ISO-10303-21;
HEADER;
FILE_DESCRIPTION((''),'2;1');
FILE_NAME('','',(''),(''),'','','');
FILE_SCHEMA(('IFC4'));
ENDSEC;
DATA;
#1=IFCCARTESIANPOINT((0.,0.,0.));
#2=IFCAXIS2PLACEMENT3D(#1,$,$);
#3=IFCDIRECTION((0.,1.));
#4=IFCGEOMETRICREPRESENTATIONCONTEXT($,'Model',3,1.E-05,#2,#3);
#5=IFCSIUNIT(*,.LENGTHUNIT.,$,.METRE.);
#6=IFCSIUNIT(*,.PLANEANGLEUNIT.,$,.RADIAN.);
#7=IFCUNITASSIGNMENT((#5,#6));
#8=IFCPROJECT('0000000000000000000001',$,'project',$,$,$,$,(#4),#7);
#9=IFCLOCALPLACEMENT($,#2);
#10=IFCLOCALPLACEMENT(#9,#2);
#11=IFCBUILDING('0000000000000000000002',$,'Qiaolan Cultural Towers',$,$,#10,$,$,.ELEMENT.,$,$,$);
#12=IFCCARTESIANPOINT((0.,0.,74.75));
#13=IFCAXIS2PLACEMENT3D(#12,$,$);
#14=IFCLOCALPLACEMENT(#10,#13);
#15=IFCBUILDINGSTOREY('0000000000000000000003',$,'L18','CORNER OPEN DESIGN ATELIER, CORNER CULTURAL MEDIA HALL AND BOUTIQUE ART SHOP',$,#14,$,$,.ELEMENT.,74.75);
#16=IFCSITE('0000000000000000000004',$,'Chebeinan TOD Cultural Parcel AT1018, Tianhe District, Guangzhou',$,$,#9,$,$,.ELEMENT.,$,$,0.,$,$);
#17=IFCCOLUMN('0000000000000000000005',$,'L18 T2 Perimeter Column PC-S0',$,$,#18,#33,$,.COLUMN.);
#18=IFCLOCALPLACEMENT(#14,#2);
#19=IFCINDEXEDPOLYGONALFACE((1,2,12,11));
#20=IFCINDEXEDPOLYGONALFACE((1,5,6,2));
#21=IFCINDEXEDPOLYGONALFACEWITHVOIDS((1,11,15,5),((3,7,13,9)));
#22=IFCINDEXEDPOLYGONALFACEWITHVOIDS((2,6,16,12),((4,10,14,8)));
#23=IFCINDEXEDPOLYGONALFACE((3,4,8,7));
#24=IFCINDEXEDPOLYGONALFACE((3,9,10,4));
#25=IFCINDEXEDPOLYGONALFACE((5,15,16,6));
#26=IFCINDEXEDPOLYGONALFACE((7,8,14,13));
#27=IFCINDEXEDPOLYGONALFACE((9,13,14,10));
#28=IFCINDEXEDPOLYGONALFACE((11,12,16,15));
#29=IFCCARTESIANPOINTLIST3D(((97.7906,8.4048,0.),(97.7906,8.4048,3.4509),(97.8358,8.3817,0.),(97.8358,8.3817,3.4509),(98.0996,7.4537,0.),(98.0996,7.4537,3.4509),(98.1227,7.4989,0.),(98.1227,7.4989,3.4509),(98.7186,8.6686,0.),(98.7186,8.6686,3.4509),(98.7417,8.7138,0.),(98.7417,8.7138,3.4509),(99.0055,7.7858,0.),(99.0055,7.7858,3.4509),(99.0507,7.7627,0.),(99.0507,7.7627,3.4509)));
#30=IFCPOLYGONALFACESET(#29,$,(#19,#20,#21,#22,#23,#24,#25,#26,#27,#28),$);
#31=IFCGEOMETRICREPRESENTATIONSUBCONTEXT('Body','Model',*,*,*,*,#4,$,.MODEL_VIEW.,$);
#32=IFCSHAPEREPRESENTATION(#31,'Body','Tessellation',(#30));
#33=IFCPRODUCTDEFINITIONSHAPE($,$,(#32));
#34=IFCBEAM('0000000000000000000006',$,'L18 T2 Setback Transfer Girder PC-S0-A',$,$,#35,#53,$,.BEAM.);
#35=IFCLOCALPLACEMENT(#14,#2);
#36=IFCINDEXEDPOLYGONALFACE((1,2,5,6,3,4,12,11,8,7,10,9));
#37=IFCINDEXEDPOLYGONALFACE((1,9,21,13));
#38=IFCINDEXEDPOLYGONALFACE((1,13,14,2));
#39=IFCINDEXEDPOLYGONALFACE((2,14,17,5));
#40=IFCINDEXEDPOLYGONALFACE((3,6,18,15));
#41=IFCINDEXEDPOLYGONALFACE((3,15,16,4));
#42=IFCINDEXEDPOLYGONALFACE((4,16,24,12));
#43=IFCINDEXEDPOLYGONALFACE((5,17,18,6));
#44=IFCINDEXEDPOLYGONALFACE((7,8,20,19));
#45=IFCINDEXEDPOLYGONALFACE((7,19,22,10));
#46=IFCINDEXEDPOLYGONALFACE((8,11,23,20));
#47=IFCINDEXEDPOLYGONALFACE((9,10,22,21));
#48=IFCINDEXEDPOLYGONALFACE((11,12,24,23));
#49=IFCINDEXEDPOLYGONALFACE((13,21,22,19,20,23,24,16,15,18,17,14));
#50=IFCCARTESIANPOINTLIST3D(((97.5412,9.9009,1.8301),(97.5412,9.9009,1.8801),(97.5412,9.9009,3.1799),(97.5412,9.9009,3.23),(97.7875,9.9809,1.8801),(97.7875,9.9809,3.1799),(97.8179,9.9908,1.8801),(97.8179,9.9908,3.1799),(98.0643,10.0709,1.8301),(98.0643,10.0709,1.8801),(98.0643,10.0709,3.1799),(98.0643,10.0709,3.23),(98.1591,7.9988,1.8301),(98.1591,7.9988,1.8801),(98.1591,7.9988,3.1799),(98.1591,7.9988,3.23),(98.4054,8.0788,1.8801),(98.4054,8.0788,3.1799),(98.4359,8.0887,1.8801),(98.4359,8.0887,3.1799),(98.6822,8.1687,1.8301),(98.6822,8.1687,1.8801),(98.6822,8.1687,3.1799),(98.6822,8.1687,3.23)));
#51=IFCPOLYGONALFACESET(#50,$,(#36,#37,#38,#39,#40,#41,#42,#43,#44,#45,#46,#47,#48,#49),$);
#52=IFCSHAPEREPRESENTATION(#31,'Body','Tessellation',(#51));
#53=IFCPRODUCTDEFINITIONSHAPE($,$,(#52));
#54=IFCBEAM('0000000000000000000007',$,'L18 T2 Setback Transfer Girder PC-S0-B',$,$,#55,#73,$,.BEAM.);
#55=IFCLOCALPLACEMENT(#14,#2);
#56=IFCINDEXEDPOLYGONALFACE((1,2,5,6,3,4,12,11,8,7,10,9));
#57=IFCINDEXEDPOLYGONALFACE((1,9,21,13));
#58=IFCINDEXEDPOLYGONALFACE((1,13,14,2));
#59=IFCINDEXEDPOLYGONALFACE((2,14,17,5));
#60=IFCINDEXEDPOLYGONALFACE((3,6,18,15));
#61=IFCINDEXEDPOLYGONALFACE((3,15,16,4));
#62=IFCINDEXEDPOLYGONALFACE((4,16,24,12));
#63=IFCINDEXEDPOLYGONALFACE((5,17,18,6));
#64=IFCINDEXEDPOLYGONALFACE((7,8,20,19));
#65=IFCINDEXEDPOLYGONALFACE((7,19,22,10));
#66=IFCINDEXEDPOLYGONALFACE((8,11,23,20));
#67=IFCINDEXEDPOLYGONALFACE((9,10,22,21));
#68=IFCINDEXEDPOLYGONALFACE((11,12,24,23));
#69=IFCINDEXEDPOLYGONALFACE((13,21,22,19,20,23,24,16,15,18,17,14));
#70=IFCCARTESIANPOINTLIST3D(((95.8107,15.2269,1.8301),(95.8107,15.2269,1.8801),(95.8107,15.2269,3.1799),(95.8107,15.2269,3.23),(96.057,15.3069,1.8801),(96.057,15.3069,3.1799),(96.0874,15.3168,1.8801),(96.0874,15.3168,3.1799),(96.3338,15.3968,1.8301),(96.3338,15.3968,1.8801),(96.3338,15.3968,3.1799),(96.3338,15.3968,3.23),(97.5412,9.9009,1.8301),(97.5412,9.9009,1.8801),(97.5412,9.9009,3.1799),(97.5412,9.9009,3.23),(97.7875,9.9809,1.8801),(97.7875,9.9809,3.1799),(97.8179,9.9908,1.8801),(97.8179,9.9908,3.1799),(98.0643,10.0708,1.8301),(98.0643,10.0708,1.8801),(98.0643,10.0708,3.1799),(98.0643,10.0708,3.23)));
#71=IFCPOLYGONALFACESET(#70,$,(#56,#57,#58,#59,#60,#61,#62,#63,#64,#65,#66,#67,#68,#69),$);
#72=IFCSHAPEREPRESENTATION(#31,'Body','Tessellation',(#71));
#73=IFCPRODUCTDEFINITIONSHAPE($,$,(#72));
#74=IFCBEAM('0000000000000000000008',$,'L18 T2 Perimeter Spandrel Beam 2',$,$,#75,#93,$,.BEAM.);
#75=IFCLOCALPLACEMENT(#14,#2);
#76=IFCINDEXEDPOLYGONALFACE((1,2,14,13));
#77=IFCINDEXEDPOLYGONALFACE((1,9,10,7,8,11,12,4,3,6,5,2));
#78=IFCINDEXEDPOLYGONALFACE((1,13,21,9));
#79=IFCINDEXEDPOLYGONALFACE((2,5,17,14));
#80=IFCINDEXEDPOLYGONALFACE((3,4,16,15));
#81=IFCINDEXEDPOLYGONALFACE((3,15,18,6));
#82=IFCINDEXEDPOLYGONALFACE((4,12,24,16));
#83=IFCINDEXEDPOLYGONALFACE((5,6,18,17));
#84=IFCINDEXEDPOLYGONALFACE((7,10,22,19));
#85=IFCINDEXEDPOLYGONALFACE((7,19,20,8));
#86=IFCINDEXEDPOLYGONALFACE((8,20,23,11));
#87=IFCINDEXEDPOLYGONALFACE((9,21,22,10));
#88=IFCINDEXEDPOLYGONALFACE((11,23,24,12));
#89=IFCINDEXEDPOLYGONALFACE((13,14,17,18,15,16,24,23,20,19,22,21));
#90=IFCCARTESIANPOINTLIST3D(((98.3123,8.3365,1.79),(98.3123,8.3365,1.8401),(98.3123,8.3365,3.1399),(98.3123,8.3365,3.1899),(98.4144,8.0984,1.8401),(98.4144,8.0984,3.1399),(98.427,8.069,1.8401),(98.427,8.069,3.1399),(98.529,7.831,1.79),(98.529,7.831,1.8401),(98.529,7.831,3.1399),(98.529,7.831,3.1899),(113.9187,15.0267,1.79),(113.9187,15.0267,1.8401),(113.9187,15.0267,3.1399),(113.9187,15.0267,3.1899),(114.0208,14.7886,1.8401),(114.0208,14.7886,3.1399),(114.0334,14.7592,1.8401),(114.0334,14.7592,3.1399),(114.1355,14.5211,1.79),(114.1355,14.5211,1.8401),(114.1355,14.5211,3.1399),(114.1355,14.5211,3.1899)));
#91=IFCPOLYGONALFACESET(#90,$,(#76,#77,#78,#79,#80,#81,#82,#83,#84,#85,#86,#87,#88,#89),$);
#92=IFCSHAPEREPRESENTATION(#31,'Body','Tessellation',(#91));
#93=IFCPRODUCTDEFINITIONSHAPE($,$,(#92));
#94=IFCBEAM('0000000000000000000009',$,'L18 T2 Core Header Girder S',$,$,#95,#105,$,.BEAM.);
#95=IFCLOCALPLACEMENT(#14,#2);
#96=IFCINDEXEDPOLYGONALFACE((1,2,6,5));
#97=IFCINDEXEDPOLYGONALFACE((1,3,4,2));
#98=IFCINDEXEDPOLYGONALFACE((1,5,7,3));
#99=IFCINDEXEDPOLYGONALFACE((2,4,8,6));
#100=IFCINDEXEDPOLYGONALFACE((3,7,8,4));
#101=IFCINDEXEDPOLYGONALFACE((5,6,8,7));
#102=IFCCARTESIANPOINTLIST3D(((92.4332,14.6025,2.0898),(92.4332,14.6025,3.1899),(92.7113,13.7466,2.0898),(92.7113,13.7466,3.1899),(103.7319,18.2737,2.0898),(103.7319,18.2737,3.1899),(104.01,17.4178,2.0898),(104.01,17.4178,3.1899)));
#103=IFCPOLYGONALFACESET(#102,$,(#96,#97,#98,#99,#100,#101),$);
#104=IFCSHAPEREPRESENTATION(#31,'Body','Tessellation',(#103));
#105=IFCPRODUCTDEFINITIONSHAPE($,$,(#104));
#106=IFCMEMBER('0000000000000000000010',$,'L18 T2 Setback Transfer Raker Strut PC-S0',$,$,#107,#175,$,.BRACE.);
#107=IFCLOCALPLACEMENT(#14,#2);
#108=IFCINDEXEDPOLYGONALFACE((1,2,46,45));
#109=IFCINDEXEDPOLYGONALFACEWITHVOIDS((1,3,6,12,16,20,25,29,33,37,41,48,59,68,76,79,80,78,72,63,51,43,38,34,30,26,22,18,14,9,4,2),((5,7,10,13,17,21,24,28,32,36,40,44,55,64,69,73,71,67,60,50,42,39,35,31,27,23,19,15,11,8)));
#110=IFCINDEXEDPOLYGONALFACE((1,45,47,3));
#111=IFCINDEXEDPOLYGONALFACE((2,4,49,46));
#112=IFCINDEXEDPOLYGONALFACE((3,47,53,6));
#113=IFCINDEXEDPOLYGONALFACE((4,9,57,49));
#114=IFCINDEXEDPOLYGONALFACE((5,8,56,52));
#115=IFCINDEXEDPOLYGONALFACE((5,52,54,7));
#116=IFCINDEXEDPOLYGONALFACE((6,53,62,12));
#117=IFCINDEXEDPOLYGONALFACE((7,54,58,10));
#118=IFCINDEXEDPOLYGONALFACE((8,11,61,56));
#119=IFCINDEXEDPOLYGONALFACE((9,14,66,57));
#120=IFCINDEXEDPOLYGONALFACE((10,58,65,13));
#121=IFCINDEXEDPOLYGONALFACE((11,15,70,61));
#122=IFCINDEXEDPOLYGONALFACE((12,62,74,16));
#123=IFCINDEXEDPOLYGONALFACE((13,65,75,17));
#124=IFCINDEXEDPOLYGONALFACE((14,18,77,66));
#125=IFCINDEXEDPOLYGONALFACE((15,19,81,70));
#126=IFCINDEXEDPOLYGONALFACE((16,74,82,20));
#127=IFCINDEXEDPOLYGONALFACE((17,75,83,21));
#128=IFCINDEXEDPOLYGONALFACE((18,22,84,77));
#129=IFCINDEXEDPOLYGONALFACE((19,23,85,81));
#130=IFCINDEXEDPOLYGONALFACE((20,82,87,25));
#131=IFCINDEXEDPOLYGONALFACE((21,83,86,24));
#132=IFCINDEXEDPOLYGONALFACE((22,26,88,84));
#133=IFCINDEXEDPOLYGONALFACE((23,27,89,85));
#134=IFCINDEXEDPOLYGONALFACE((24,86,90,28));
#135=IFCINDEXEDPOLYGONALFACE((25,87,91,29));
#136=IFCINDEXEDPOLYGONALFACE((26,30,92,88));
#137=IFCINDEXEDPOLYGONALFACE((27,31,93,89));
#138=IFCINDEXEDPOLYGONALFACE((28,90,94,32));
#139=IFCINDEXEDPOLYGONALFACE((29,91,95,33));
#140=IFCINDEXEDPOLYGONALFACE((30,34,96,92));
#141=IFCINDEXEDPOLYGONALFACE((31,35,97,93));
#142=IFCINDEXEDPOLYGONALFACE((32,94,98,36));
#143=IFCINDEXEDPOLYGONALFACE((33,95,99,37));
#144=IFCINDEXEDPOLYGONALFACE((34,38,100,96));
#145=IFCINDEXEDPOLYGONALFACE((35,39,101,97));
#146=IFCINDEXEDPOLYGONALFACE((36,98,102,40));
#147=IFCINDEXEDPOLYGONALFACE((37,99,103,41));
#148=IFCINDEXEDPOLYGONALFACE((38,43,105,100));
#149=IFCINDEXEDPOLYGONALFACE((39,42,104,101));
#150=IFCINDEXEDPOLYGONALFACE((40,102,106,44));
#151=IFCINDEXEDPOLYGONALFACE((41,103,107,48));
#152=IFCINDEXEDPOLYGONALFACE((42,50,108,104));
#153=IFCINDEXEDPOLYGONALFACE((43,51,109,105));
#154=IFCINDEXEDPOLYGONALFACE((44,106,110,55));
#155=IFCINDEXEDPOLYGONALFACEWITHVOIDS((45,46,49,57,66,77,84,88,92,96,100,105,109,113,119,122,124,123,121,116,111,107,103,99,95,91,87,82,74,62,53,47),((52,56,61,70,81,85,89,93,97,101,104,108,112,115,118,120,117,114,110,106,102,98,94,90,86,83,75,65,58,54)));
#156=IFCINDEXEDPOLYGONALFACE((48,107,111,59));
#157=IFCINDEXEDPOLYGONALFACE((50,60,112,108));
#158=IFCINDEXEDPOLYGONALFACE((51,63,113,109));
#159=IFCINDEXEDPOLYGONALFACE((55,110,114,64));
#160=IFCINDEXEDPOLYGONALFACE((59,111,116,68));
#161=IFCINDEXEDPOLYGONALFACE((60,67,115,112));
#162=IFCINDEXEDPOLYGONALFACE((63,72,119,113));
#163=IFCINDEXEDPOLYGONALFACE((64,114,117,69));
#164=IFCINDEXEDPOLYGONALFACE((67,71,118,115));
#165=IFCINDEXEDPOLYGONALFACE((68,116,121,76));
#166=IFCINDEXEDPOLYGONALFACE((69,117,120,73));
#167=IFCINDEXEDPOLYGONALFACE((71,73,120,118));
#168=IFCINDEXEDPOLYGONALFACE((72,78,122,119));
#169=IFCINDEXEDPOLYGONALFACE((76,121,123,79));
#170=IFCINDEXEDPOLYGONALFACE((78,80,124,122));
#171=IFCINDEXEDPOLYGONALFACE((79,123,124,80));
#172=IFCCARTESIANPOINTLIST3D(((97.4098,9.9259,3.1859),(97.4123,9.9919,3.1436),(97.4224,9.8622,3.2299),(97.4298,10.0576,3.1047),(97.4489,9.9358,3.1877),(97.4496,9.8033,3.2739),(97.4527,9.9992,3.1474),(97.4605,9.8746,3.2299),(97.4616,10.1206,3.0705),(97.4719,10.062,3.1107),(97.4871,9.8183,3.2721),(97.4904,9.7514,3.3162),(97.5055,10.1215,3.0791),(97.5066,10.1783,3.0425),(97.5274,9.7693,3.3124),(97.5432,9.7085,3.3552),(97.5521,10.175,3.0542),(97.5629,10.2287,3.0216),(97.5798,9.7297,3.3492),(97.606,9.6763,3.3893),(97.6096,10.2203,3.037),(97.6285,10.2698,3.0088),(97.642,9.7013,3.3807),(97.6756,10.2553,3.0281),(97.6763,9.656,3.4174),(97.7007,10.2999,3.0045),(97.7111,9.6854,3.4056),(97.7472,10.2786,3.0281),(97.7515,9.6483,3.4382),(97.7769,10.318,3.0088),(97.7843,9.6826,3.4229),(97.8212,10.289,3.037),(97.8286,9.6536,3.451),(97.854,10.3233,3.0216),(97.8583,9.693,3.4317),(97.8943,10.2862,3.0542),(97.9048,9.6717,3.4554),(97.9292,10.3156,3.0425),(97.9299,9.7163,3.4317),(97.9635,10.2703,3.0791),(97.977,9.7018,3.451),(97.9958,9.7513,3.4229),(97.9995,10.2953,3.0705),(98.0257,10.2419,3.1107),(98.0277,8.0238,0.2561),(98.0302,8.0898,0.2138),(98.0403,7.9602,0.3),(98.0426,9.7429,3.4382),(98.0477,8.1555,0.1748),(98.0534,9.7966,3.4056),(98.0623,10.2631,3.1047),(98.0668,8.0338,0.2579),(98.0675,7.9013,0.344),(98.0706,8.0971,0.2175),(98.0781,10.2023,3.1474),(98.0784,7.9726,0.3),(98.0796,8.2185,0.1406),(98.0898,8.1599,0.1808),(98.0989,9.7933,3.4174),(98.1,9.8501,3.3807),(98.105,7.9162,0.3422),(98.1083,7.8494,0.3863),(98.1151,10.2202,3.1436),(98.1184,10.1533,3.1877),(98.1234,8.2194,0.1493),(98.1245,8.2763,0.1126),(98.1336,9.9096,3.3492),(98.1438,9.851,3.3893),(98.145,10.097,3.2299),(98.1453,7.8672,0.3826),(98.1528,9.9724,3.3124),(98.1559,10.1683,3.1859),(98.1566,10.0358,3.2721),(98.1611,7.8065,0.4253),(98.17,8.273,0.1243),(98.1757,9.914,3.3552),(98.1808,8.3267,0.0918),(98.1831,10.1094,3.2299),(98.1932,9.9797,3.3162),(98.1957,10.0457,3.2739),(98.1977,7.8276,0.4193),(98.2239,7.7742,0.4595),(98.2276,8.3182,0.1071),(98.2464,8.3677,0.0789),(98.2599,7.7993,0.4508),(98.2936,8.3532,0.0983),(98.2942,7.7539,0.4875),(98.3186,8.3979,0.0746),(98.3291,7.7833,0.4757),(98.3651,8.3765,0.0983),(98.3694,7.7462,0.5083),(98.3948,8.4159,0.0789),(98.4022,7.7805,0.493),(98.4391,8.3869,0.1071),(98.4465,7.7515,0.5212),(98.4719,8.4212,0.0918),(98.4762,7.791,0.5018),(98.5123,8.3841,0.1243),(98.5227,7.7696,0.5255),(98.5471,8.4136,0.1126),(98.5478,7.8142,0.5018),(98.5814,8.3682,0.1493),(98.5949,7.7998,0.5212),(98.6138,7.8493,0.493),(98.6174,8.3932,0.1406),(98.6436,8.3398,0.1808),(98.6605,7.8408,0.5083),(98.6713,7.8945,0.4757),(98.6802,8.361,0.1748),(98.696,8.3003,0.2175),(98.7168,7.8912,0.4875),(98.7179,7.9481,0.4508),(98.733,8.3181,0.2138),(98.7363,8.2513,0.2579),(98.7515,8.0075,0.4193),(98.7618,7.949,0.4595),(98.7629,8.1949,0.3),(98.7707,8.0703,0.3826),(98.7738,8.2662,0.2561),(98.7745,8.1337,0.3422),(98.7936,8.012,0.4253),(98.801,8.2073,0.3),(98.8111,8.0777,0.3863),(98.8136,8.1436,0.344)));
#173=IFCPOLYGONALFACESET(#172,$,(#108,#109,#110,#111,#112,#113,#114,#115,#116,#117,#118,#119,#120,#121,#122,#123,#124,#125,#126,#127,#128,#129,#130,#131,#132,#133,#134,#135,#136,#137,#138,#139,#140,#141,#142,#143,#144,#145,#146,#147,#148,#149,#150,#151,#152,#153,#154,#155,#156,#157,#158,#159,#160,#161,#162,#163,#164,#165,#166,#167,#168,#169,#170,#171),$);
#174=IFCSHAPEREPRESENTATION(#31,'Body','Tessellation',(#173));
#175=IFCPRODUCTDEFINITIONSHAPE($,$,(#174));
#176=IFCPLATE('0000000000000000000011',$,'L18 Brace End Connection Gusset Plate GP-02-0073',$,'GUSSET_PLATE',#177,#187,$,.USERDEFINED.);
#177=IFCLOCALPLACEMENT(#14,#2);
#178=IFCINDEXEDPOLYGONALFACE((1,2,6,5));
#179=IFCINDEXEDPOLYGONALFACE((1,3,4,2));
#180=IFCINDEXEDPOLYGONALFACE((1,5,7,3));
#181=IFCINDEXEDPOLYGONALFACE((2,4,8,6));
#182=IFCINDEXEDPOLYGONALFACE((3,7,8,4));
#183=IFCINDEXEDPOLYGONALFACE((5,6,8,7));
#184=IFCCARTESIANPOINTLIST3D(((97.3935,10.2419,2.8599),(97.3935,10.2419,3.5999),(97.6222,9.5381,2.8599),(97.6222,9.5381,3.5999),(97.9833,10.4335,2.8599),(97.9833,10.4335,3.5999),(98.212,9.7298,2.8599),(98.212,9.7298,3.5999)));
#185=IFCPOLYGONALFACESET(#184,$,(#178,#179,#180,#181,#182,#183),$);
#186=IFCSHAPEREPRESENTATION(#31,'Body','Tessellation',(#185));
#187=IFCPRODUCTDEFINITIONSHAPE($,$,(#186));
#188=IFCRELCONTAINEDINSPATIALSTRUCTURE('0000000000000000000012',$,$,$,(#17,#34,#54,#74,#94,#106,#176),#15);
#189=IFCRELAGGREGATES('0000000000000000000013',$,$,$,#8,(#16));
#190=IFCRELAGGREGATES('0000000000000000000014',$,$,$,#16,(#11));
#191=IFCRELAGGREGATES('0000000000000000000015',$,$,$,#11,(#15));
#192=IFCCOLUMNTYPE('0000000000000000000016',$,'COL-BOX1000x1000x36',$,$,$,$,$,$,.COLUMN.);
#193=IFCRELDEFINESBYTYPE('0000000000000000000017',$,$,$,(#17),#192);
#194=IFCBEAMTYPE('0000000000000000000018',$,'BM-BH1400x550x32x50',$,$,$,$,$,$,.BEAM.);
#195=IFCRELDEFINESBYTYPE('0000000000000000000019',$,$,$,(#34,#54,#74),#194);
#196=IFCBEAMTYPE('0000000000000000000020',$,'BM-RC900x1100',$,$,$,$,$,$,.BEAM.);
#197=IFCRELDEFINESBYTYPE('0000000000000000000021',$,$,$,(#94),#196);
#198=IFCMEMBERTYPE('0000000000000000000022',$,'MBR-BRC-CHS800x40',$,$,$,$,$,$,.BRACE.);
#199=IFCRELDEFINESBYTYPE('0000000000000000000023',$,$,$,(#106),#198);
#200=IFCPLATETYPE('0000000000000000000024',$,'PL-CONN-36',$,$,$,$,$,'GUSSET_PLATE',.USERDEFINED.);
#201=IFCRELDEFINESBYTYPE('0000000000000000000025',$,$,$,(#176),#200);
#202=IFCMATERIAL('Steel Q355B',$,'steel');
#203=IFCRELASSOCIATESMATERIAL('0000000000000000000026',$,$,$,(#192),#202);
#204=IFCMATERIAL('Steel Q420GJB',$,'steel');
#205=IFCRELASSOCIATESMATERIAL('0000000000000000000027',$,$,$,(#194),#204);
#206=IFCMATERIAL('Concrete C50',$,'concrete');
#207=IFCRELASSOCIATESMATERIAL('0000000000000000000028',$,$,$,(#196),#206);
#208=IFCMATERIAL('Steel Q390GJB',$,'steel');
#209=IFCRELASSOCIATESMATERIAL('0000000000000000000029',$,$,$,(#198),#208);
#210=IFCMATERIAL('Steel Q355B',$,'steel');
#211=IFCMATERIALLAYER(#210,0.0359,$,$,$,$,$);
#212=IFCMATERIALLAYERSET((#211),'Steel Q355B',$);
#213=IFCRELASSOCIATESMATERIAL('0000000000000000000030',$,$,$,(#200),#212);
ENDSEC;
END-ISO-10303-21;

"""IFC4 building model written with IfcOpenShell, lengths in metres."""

from ifc_helpers import new_model, si_unit, direction, frame, origin, origin_2d, place, context, subcontext, project, spatial, rectangle, hollow_rectangle, hollow_circle, i_section, extrude, material, layer, layer_set, material_profile, profile_set, type_object, element, save


model = new_model("IFC4")

# Units and contexts
model_context = context("Model", 3, precision=1e-05, world=origin(), true_north=direction((0.0, 1.0)))
body_context = subcontext(model_context, "Body", "Model", "MODEL_VIEW")
ifc_project = project(units=[si_unit("LENGTHUNIT", "METRE"), si_unit("PLANEANGLEUNIT", "RADIAN")], contexts=[model_context])

# Site, building, storey
site_placement = place(None, origin())
site = spatial("IfcSite", under=ifc_project, at=site_placement, Name="Chebeinan TOD Cultural Parcel AT1018, Tianhe District, Guangzhou", CompositionType="ELEMENT", RefElevation=0.0)
building_placement = place(site_placement, origin())
building = spatial("IfcBuilding", under=site, at=building_placement, Name="Qiaolan Cultural Towers", CompositionType="ELEMENT")
storey_placement = place(building_placement, frame((0.0, 0.0, 74.75)))
storey = spatial("IfcBuildingStorey", under=building, at=storey_placement, Name="L18", Description="CORNER OPEN DESIGN ATELIER, CORNER CULTURAL MEDIA HALL AND BOUTIQUE ART SHOP", CompositionType="ELEMENT", Elevation=74.75)

# Column
ifc_material_1 = material(Name="Steel Q355B", Category="steel")
ifc_material_profile_1 = material_profile(ifc_material_1, hollow_rectangle(XDim=1.0, YDim=1.0, WallThickness=0.0359, at=origin_2d()), Name="BOX1000x1000x36")
ifc_profile_set_1 = profile_set([ifc_material_profile_1], Name="Steel Q355B")
column_type = type_object("IfcColumnType", Name="COL-BOX1000x1000x36", PredefinedType="COLUMN", material=ifc_profile_set_1)
column_placement = place(storey_placement, frame((98.4207, 8.0837, 0.0), z_axis=(0.0, 0.0, 1.0), x_axis=(0.951057, 0.309017, 0.0)))
element("IfcColumn", 1, at=column_placement, inside=storey, type_object=column_type, Name="L18 T2 Perimeter Column PC-S0", PredefinedType="COLUMN", context=body_context, shape_type="SweptSolid", body=[
    extrude(hollow_rectangle(XDim=1.0, YDim=1.0, WallThickness=0.0359, at=origin_2d()), origin(), (0.0, 0.0, 1.0), 3.4509),
])

# Beams
ifc_material_2 = material(Name="Steel Q420GJB", Category="steel")
ifc_material_profile_2 = material_profile(ifc_material_2, i_section(OverallWidth=0.55, OverallDepth=1.3999, WebThickness=0.032, FlangeThickness=0.05, at=origin_2d()), Name="BH1400x550x32x50")
ifc_profile_set_2 = profile_set([ifc_material_profile_2], Name="Steel Q420GJB")
beam_type_1 = type_object("IfcBeamType", Name="BM-BH1400x550x32x50", PredefinedType="BEAM", material=ifc_profile_set_2)
beam_1_placement = place(storey_placement, frame((98.4207, 8.0837, 2.53), z_axis=(-0.308967, 0.951073, 0.0), x_axis=(-0.951073, -0.308967, 0.0)))
element("IfcBeam", 2, at=beam_1_placement, inside=storey, type_object=beam_type_1, Name="L18 T2 Setback Transfer Girder PC-S0-A", PredefinedType="BEAM", context=body_context, shape_type="SweptSolid", body=[
    extrude(i_section(OverallWidth=0.55, OverallDepth=1.3999, WebThickness=0.032, FlangeThickness=0.05, at=origin_2d()), origin(), (0.0, 0.0, 1.0), 2.0),
])
beam_2_placement = place(storey_placement, frame((97.8027, 9.9858, 2.53), z_axis=(-0.309012, 0.951058, 0.0), x_axis=(-0.951058, -0.309012, 0.0)))
element("IfcBeam", 3, at=beam_2_placement, inside=storey, type_object=beam_type_1, Name="L18 T2 Setback Transfer Girder PC-S0-B", PredefinedType="BEAM", context=body_context, shape_type="SweptSolid", body=[
    extrude(i_section(OverallWidth=0.55, OverallDepth=1.3999, WebThickness=0.032, FlangeThickness=0.05, at=origin_2d()), origin(), (0.0, 0.0, 1.0), 5.6001),
])
beam_3_placement = place(storey_placement, frame((98.4207, 8.0837, 2.49), z_axis=(0.919109, 0.394004, 0.0), x_axis=(-0.394004, 0.919109, 0.0)))
element("IfcBeam", 4, at=beam_3_placement, inside=storey, type_object=beam_type_1, Name="L18 T2 Perimeter Spandrel Beam 2", PredefinedType="BEAM", context=body_context, shape_type="SweptSolid", body=[
    extrude(i_section(OverallWidth=0.55, OverallDepth=1.3999, WebThickness=0.032, FlangeThickness=0.05, at=origin_2d()), origin(), (0.0, 0.0, 1.0), 16.98),
])
ifc_material_3 = material(Name="Concrete C50", Category="concrete")
ifc_material_profile_3 = material_profile(ifc_material_3, rectangle(XDim=0.8999, YDim=1.1001, at=origin_2d()), Name="RC900x1100")
ifc_profile_set_3 = profile_set([ifc_material_profile_3], Name="Concrete C50")
beam_type_2 = type_object("IfcBeamType", Name="BM-RC900x1100", PredefinedType="BEAM", material=ifc_profile_set_3)
beam_4_placement = place(storey_placement, frame((92.5723, 14.1746, 2.6399), z_axis=(0.951056, 0.309018, 0.0), x_axis=(-0.309018, 0.951056, 0.0)))
element("IfcBeam", 5, at=beam_4_placement, inside=storey, type_object=beam_type_2, Name="L18 T2 Core Header Girder S", PredefinedType="BEAM", context=body_context, shape_type="SweptSolid", body=[
    extrude(rectangle(XDim=0.8999, YDim=1.1001, at=origin_2d()), origin(), (0.0, 0.0, 1.0), 11.8801),
])

# Member
ifc_material_4 = material(Name="Steel Q390GJB", Category="steel")
ifc_material_profile_4 = material_profile(ifc_material_4, hollow_circle(Radius=0.3999, WallThickness=0.04, at=origin_2d()), Name="CHS800x40")
ifc_profile_set_4 = profile_set([ifc_material_profile_4], Name="Steel Q390GJB")
member_type = type_object("IfcMemberType", Name="MBR-BRC-CHS800x40", PredefinedType="BRACE", material=ifc_profile_set_4)
member_placement = place(storey_placement, frame((98.4207, 8.0837, 0.3), z_axis=(-0.174188, 0.53619, 0.825929), x_axis=(-0.951073, -0.308967, 0.0)))
element("IfcMember", 6, at=member_placement, inside=storey, type_object=member_type, Name="L18 T2 Setback Transfer Raker Strut PC-S0", PredefinedType="BRACE", context=body_context, shape_type="SweptSolid", body=[
    extrude(hollow_circle(Radius=0.3999, WallThickness=0.04, at=origin_2d()), origin(), (0.0, 0.0, 1.0), 3.5474),
])

# Plate
ifc_material_5 = material(Name="Steel Q355B", Category="steel")
ifc_layer_1 = layer(ifc_material_5, 0.0359)
ifc_layer_set_1 = layer_set([ifc_layer_1], Name="Steel Q355B")
plate_type_1 = type_object("IfcPlateType", Name="PL-CONN-36", ElementType="GUSSET_PLATE", PredefinedType="USERDEFINED", material=ifc_layer_set_1)
plate_1_placement = place(storey_placement, frame((97.8027, 9.9858, 2.8599), z_axis=(0.0, 0.0, 1.0), x_axis=(-0.309017, 0.951057, 0.0)))
element("IfcPlate", 7, at=plate_1_placement, inside=storey, type_object=plate_type_1, Name="L18 Brace End Connection Gusset Plate GP-02-0073", ObjectType="GUSSET_PLATE", PredefinedType="USERDEFINED", context=body_context, shape_type="SweptSolid", body=[
    extrude(rectangle(XDim=0.74, YDim=0.6201, at=origin_2d()), origin(), (0.0, 0.0, 1.0), 0.74),
])

save(model, "model.ifc")
